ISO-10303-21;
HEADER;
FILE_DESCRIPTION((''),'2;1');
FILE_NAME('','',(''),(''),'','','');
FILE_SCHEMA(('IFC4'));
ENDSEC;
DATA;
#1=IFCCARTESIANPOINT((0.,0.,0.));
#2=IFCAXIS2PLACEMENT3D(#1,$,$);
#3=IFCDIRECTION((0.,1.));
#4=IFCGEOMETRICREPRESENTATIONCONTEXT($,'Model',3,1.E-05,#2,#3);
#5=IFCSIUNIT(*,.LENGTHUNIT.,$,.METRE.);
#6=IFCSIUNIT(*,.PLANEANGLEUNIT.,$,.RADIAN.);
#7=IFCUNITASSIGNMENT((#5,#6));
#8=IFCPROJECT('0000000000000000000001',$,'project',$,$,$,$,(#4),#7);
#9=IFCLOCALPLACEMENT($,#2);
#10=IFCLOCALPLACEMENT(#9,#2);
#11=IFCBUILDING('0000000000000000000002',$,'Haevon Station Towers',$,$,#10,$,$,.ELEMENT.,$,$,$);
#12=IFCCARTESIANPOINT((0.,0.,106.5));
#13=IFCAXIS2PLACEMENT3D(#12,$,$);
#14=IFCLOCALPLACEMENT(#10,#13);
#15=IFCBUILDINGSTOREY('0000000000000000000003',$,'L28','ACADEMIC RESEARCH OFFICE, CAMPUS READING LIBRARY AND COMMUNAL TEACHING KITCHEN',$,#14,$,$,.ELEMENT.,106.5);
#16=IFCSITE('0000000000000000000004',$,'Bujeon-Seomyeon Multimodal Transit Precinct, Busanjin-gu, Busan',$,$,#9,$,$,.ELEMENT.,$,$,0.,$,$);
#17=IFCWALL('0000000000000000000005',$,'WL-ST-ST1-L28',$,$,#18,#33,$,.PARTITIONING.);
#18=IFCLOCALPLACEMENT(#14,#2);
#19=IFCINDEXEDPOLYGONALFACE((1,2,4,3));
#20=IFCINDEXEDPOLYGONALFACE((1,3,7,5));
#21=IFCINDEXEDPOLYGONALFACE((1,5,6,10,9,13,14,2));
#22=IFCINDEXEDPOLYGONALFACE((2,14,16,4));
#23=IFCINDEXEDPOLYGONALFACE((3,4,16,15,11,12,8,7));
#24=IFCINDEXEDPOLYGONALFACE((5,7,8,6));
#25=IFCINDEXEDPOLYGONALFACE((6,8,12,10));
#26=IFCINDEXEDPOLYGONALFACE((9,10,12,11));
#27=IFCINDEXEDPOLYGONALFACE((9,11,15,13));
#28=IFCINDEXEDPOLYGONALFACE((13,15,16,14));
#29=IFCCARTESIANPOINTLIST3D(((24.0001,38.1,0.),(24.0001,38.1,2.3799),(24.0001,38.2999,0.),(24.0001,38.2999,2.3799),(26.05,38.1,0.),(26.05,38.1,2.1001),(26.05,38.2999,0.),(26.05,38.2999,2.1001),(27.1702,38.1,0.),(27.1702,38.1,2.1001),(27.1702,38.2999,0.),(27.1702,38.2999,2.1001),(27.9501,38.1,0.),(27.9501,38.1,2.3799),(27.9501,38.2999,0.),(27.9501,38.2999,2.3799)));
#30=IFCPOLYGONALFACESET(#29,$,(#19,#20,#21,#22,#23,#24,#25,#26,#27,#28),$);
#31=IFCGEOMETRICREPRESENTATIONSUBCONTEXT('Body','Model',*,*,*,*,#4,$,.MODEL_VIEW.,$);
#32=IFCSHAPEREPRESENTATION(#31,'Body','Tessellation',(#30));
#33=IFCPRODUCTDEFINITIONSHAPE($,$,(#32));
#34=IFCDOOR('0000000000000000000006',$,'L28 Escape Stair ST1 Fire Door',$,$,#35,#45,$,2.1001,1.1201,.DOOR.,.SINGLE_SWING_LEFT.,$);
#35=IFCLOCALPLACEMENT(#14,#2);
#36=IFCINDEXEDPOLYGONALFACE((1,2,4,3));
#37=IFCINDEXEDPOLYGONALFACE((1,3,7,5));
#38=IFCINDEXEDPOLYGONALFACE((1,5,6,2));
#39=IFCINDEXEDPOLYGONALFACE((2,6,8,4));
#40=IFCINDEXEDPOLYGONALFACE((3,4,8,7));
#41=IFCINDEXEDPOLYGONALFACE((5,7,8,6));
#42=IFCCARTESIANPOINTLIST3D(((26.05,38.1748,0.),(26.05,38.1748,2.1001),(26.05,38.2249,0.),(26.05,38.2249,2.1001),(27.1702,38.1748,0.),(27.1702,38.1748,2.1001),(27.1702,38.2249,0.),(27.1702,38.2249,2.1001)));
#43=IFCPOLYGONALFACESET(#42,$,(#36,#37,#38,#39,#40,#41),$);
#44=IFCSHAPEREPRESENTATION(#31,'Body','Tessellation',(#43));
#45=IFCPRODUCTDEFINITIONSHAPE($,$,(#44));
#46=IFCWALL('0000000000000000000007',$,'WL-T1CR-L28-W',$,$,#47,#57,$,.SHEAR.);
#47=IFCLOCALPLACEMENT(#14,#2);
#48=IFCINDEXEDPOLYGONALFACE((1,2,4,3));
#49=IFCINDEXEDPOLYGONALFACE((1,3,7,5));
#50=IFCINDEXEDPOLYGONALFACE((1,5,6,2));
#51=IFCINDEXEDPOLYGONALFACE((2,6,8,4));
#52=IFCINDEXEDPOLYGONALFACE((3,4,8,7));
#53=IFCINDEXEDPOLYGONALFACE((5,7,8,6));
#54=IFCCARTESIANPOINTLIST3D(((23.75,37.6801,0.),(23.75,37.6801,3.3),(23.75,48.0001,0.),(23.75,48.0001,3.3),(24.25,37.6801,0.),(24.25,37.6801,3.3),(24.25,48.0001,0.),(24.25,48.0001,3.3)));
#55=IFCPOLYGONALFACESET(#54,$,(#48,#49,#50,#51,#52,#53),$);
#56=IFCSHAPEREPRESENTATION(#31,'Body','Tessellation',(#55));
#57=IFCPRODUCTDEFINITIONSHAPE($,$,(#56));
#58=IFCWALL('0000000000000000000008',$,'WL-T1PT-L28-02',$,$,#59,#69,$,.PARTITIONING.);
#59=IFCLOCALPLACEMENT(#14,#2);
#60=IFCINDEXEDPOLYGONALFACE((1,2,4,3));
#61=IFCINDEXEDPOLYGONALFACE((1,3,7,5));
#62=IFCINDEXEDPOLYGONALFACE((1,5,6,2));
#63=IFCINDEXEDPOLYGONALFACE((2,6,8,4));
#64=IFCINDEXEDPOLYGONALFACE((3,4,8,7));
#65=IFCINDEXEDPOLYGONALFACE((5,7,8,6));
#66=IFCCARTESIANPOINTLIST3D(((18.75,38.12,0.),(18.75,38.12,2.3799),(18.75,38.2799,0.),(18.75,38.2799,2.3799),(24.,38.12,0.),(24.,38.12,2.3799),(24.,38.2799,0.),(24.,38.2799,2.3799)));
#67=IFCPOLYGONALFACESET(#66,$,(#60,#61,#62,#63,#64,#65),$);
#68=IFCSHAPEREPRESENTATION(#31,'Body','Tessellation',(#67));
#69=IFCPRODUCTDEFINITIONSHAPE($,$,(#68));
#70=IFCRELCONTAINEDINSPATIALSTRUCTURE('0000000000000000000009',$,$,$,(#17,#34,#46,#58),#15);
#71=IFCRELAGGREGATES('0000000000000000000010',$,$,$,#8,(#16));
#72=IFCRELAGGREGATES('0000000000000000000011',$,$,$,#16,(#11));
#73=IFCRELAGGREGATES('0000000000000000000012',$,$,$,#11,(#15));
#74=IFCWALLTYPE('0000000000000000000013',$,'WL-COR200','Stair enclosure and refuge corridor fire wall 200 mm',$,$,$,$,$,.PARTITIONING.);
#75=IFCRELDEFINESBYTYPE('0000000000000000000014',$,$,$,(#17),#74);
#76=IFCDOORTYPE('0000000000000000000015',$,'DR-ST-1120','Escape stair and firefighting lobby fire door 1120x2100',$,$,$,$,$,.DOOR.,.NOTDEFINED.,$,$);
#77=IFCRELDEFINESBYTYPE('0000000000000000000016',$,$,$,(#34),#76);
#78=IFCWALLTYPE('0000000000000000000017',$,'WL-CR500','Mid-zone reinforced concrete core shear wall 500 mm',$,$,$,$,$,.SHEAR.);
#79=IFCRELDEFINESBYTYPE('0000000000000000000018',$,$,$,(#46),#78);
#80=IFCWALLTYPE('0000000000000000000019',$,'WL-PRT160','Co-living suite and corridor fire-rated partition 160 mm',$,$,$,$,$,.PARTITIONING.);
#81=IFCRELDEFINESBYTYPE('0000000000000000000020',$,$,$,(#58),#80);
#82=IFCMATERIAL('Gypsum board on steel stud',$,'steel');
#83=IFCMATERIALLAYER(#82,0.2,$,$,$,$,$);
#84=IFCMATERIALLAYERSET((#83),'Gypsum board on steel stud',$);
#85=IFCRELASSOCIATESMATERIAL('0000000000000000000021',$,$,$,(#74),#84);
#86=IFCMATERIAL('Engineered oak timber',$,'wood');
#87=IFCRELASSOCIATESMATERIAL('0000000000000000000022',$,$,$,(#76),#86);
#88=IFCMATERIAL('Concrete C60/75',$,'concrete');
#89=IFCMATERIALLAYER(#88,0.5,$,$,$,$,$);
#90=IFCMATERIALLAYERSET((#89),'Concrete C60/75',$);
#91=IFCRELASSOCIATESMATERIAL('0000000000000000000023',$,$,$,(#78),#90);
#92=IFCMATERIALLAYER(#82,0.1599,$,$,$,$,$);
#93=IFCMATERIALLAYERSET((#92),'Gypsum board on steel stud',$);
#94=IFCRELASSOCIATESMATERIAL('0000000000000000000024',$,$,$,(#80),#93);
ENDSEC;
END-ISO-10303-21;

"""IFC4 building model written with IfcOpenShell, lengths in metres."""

from ifc_helpers import new_model, si_unit, direction, frame, frame_2d, origin, place, context, subcontext, project, spatial, rectangle, extrude, material, layer, layer_set, type_object, element, fill, save


model = new_model("IFC4")

# Units and contexts
model_context = context("Model", 3, precision=1e-05, world=origin(), true_north=direction((0.0, 1.0)))
body_context = subcontext(model_context, "Body", "Model", "MODEL_VIEW")
ifc_project = project(units=[si_unit("LENGTHUNIT", "METRE"), si_unit("PLANEANGLEUNIT", "RADIAN")], contexts=[model_context])

# Site, building, storey
site_placement = place(None, origin())
site = spatial("IfcSite", under=ifc_project, at=site_placement, Name="Bujeon-Seomyeon Multimodal Transit Precinct, Busanjin-gu, Busan", CompositionType="ELEMENT", RefElevation=0.0)
building_placement = place(site_placement, origin())
building = spatial("IfcBuilding", under=site, at=building_placement, Name="Haevon Station Towers", CompositionType="ELEMENT")
storey_placement = place(building_placement, frame((0.0, 0.0, 106.5)))
storey = spatial("IfcBuildingStorey", under=building, at=storey_placement, Name="L28", Description="ACADEMIC RESEARCH OFFICE, CAMPUS READING LIBRARY AND COMMUNAL TEACHING KITCHEN", CompositionType="ELEMENT", Elevation=106.5)

# Wall, opening, door
ifc_material_1 = material(Name="Gypsum board on steel stud", Category="steel")
ifc_layer_1 = layer(ifc_material_1, 0.2)
ifc_layer_set_1 = layer_set([ifc_layer_1], Name="Gypsum board on steel stud")
wall_type_1 = type_object("IfcWallType", Name="WL-COR200", Description="Stair enclosure and refuge corridor fire wall 200 mm", PredefinedType="PARTITIONING", material=ifc_layer_set_1)
wall_1_placement = place(storey_placement, frame((24.0, 38.2, 0.0), z_axis=(0.0, 0.0, 1.0), x_axis=(1.0, 0.0, 0.0)))
wall_1 = element("IfcWall", 1, at=wall_1_placement, inside=storey, type_object=wall_type_1, Name="WL-ST-ST1-L28", PredefinedType="PARTITIONING", context=body_context, shape_type="SweptSolid", body=[
    extrude(rectangle(XDim=3.95, YDim=0.2, at=frame_2d((1.9751, 0.0))), origin(), (0.0, 0.0, 1.0), 2.3799),
])
opening_1_placement = place(wall_1_placement, frame((2.05, 0.0, 0.0)))
opening_1 = element("IfcOpeningElement", 2, at=opening_1_placement, cuts=wall_1, PredefinedType="OPENING", context=body_context, shape_type="SweptSolid", body=[
    extrude(rectangle(XDim=1.1201, YDim=2.1001, at=frame_2d((0.5601, 1.05))), frame((0.0, 0.1099, 0.0), z_axis=(0.0, -1.0, 0.0), x_axis=(1.0, 0.0, 0.0)), (0.0, 0.0, 1.0), 0.22),
])
ifc_material_2 = material(Name="Engineered oak timber", Category="wood")
door_type_1 = type_object("IfcDoorType", Name="DR-ST-1120", Description="Escape stair and firefighting lobby fire door 1120x2100", OperationType="NOTDEFINED", PredefinedType="DOOR", material=ifc_material_2)
door_1_placement = place(opening_1_placement, origin())
door_1 = element("IfcDoor", 3, at=door_1_placement, inside=storey, type_object=door_type_1, Name="L28 Escape Stair ST1 Fire Door", OperationType="SINGLE_SWING_LEFT", OverallHeight=2.1001, OverallWidth=1.1201, PredefinedType="DOOR", context=body_context, shape_type="SweptSolid", body=[
    extrude(rectangle(XDim=1.1201, YDim=2.1001, at=frame_2d((0.5601, 1.05))), frame((0.0, 0.0249, 0.0), z_axis=(0.0, -1.0, 0.0), x_axis=(1.0, 0.0, 0.0)), (0.0, 0.0, 1.0), 0.05),
])
fill(opening_1, door_1)

# Walls
ifc_material_3 = material(Name="Concrete C60/75", Category="concrete")
ifc_layer_2 = layer(ifc_material_3, 0.5)
ifc_layer_set_2 = layer_set([ifc_layer_2], Name="Concrete C60/75")
wall_type_2 = type_object("IfcWallType", Name="WL-CR500", Description="Mid-zone reinforced concrete core shear wall 500 mm", PredefinedType="SHEAR", material=ifc_layer_set_2)
wall_2_placement = place(storey_placement, frame((24.0, 37.6799, 0.0), z_axis=(0.0, 0.0, 1.0), x_axis=(0.0, 1.0, 0.0)))
element("IfcWall", 4, at=wall_2_placement, inside=storey, type_object=wall_type_2, Name="WL-T1CR-L28-W", PredefinedType="SHEAR", context=body_context, shape_type="SweptSolid", body=[
    extrude(rectangle(XDim=10.3201, YDim=0.5, at=frame_2d((5.1602, 0.0))), origin(), (0.0, 0.0, 1.0), 3.3),
])
ifc_layer_3 = layer(ifc_material_1, 0.1599)
ifc_layer_set_3 = layer_set([ifc_layer_3], Name="Gypsum board on steel stud")
wall_type_3 = type_object("IfcWallType", Name="WL-PRT160", Description="Co-living suite and corridor fire-rated partition 160 mm", PredefinedType="PARTITIONING", material=ifc_layer_set_3)
wall_3_placement = place(storey_placement, frame((18.75, 38.2, 0.0), z_axis=(0.0, 0.0, 1.0), x_axis=(1.0, 0.0, 0.0)))
element("IfcWall", 5, at=wall_3_placement, inside=storey, type_object=wall_type_3, Name="WL-T1PT-L28-02", PredefinedType="PARTITIONING", context=body_context, shape_type="SweptSolid", body=[
    extrude(rectangle(XDim=5.25, YDim=0.1599, at=frame_2d((2.625, 0.0))), origin(), (0.0, 0.0, 1.0), 2.3799),
])

save(model, "model.ifc")
